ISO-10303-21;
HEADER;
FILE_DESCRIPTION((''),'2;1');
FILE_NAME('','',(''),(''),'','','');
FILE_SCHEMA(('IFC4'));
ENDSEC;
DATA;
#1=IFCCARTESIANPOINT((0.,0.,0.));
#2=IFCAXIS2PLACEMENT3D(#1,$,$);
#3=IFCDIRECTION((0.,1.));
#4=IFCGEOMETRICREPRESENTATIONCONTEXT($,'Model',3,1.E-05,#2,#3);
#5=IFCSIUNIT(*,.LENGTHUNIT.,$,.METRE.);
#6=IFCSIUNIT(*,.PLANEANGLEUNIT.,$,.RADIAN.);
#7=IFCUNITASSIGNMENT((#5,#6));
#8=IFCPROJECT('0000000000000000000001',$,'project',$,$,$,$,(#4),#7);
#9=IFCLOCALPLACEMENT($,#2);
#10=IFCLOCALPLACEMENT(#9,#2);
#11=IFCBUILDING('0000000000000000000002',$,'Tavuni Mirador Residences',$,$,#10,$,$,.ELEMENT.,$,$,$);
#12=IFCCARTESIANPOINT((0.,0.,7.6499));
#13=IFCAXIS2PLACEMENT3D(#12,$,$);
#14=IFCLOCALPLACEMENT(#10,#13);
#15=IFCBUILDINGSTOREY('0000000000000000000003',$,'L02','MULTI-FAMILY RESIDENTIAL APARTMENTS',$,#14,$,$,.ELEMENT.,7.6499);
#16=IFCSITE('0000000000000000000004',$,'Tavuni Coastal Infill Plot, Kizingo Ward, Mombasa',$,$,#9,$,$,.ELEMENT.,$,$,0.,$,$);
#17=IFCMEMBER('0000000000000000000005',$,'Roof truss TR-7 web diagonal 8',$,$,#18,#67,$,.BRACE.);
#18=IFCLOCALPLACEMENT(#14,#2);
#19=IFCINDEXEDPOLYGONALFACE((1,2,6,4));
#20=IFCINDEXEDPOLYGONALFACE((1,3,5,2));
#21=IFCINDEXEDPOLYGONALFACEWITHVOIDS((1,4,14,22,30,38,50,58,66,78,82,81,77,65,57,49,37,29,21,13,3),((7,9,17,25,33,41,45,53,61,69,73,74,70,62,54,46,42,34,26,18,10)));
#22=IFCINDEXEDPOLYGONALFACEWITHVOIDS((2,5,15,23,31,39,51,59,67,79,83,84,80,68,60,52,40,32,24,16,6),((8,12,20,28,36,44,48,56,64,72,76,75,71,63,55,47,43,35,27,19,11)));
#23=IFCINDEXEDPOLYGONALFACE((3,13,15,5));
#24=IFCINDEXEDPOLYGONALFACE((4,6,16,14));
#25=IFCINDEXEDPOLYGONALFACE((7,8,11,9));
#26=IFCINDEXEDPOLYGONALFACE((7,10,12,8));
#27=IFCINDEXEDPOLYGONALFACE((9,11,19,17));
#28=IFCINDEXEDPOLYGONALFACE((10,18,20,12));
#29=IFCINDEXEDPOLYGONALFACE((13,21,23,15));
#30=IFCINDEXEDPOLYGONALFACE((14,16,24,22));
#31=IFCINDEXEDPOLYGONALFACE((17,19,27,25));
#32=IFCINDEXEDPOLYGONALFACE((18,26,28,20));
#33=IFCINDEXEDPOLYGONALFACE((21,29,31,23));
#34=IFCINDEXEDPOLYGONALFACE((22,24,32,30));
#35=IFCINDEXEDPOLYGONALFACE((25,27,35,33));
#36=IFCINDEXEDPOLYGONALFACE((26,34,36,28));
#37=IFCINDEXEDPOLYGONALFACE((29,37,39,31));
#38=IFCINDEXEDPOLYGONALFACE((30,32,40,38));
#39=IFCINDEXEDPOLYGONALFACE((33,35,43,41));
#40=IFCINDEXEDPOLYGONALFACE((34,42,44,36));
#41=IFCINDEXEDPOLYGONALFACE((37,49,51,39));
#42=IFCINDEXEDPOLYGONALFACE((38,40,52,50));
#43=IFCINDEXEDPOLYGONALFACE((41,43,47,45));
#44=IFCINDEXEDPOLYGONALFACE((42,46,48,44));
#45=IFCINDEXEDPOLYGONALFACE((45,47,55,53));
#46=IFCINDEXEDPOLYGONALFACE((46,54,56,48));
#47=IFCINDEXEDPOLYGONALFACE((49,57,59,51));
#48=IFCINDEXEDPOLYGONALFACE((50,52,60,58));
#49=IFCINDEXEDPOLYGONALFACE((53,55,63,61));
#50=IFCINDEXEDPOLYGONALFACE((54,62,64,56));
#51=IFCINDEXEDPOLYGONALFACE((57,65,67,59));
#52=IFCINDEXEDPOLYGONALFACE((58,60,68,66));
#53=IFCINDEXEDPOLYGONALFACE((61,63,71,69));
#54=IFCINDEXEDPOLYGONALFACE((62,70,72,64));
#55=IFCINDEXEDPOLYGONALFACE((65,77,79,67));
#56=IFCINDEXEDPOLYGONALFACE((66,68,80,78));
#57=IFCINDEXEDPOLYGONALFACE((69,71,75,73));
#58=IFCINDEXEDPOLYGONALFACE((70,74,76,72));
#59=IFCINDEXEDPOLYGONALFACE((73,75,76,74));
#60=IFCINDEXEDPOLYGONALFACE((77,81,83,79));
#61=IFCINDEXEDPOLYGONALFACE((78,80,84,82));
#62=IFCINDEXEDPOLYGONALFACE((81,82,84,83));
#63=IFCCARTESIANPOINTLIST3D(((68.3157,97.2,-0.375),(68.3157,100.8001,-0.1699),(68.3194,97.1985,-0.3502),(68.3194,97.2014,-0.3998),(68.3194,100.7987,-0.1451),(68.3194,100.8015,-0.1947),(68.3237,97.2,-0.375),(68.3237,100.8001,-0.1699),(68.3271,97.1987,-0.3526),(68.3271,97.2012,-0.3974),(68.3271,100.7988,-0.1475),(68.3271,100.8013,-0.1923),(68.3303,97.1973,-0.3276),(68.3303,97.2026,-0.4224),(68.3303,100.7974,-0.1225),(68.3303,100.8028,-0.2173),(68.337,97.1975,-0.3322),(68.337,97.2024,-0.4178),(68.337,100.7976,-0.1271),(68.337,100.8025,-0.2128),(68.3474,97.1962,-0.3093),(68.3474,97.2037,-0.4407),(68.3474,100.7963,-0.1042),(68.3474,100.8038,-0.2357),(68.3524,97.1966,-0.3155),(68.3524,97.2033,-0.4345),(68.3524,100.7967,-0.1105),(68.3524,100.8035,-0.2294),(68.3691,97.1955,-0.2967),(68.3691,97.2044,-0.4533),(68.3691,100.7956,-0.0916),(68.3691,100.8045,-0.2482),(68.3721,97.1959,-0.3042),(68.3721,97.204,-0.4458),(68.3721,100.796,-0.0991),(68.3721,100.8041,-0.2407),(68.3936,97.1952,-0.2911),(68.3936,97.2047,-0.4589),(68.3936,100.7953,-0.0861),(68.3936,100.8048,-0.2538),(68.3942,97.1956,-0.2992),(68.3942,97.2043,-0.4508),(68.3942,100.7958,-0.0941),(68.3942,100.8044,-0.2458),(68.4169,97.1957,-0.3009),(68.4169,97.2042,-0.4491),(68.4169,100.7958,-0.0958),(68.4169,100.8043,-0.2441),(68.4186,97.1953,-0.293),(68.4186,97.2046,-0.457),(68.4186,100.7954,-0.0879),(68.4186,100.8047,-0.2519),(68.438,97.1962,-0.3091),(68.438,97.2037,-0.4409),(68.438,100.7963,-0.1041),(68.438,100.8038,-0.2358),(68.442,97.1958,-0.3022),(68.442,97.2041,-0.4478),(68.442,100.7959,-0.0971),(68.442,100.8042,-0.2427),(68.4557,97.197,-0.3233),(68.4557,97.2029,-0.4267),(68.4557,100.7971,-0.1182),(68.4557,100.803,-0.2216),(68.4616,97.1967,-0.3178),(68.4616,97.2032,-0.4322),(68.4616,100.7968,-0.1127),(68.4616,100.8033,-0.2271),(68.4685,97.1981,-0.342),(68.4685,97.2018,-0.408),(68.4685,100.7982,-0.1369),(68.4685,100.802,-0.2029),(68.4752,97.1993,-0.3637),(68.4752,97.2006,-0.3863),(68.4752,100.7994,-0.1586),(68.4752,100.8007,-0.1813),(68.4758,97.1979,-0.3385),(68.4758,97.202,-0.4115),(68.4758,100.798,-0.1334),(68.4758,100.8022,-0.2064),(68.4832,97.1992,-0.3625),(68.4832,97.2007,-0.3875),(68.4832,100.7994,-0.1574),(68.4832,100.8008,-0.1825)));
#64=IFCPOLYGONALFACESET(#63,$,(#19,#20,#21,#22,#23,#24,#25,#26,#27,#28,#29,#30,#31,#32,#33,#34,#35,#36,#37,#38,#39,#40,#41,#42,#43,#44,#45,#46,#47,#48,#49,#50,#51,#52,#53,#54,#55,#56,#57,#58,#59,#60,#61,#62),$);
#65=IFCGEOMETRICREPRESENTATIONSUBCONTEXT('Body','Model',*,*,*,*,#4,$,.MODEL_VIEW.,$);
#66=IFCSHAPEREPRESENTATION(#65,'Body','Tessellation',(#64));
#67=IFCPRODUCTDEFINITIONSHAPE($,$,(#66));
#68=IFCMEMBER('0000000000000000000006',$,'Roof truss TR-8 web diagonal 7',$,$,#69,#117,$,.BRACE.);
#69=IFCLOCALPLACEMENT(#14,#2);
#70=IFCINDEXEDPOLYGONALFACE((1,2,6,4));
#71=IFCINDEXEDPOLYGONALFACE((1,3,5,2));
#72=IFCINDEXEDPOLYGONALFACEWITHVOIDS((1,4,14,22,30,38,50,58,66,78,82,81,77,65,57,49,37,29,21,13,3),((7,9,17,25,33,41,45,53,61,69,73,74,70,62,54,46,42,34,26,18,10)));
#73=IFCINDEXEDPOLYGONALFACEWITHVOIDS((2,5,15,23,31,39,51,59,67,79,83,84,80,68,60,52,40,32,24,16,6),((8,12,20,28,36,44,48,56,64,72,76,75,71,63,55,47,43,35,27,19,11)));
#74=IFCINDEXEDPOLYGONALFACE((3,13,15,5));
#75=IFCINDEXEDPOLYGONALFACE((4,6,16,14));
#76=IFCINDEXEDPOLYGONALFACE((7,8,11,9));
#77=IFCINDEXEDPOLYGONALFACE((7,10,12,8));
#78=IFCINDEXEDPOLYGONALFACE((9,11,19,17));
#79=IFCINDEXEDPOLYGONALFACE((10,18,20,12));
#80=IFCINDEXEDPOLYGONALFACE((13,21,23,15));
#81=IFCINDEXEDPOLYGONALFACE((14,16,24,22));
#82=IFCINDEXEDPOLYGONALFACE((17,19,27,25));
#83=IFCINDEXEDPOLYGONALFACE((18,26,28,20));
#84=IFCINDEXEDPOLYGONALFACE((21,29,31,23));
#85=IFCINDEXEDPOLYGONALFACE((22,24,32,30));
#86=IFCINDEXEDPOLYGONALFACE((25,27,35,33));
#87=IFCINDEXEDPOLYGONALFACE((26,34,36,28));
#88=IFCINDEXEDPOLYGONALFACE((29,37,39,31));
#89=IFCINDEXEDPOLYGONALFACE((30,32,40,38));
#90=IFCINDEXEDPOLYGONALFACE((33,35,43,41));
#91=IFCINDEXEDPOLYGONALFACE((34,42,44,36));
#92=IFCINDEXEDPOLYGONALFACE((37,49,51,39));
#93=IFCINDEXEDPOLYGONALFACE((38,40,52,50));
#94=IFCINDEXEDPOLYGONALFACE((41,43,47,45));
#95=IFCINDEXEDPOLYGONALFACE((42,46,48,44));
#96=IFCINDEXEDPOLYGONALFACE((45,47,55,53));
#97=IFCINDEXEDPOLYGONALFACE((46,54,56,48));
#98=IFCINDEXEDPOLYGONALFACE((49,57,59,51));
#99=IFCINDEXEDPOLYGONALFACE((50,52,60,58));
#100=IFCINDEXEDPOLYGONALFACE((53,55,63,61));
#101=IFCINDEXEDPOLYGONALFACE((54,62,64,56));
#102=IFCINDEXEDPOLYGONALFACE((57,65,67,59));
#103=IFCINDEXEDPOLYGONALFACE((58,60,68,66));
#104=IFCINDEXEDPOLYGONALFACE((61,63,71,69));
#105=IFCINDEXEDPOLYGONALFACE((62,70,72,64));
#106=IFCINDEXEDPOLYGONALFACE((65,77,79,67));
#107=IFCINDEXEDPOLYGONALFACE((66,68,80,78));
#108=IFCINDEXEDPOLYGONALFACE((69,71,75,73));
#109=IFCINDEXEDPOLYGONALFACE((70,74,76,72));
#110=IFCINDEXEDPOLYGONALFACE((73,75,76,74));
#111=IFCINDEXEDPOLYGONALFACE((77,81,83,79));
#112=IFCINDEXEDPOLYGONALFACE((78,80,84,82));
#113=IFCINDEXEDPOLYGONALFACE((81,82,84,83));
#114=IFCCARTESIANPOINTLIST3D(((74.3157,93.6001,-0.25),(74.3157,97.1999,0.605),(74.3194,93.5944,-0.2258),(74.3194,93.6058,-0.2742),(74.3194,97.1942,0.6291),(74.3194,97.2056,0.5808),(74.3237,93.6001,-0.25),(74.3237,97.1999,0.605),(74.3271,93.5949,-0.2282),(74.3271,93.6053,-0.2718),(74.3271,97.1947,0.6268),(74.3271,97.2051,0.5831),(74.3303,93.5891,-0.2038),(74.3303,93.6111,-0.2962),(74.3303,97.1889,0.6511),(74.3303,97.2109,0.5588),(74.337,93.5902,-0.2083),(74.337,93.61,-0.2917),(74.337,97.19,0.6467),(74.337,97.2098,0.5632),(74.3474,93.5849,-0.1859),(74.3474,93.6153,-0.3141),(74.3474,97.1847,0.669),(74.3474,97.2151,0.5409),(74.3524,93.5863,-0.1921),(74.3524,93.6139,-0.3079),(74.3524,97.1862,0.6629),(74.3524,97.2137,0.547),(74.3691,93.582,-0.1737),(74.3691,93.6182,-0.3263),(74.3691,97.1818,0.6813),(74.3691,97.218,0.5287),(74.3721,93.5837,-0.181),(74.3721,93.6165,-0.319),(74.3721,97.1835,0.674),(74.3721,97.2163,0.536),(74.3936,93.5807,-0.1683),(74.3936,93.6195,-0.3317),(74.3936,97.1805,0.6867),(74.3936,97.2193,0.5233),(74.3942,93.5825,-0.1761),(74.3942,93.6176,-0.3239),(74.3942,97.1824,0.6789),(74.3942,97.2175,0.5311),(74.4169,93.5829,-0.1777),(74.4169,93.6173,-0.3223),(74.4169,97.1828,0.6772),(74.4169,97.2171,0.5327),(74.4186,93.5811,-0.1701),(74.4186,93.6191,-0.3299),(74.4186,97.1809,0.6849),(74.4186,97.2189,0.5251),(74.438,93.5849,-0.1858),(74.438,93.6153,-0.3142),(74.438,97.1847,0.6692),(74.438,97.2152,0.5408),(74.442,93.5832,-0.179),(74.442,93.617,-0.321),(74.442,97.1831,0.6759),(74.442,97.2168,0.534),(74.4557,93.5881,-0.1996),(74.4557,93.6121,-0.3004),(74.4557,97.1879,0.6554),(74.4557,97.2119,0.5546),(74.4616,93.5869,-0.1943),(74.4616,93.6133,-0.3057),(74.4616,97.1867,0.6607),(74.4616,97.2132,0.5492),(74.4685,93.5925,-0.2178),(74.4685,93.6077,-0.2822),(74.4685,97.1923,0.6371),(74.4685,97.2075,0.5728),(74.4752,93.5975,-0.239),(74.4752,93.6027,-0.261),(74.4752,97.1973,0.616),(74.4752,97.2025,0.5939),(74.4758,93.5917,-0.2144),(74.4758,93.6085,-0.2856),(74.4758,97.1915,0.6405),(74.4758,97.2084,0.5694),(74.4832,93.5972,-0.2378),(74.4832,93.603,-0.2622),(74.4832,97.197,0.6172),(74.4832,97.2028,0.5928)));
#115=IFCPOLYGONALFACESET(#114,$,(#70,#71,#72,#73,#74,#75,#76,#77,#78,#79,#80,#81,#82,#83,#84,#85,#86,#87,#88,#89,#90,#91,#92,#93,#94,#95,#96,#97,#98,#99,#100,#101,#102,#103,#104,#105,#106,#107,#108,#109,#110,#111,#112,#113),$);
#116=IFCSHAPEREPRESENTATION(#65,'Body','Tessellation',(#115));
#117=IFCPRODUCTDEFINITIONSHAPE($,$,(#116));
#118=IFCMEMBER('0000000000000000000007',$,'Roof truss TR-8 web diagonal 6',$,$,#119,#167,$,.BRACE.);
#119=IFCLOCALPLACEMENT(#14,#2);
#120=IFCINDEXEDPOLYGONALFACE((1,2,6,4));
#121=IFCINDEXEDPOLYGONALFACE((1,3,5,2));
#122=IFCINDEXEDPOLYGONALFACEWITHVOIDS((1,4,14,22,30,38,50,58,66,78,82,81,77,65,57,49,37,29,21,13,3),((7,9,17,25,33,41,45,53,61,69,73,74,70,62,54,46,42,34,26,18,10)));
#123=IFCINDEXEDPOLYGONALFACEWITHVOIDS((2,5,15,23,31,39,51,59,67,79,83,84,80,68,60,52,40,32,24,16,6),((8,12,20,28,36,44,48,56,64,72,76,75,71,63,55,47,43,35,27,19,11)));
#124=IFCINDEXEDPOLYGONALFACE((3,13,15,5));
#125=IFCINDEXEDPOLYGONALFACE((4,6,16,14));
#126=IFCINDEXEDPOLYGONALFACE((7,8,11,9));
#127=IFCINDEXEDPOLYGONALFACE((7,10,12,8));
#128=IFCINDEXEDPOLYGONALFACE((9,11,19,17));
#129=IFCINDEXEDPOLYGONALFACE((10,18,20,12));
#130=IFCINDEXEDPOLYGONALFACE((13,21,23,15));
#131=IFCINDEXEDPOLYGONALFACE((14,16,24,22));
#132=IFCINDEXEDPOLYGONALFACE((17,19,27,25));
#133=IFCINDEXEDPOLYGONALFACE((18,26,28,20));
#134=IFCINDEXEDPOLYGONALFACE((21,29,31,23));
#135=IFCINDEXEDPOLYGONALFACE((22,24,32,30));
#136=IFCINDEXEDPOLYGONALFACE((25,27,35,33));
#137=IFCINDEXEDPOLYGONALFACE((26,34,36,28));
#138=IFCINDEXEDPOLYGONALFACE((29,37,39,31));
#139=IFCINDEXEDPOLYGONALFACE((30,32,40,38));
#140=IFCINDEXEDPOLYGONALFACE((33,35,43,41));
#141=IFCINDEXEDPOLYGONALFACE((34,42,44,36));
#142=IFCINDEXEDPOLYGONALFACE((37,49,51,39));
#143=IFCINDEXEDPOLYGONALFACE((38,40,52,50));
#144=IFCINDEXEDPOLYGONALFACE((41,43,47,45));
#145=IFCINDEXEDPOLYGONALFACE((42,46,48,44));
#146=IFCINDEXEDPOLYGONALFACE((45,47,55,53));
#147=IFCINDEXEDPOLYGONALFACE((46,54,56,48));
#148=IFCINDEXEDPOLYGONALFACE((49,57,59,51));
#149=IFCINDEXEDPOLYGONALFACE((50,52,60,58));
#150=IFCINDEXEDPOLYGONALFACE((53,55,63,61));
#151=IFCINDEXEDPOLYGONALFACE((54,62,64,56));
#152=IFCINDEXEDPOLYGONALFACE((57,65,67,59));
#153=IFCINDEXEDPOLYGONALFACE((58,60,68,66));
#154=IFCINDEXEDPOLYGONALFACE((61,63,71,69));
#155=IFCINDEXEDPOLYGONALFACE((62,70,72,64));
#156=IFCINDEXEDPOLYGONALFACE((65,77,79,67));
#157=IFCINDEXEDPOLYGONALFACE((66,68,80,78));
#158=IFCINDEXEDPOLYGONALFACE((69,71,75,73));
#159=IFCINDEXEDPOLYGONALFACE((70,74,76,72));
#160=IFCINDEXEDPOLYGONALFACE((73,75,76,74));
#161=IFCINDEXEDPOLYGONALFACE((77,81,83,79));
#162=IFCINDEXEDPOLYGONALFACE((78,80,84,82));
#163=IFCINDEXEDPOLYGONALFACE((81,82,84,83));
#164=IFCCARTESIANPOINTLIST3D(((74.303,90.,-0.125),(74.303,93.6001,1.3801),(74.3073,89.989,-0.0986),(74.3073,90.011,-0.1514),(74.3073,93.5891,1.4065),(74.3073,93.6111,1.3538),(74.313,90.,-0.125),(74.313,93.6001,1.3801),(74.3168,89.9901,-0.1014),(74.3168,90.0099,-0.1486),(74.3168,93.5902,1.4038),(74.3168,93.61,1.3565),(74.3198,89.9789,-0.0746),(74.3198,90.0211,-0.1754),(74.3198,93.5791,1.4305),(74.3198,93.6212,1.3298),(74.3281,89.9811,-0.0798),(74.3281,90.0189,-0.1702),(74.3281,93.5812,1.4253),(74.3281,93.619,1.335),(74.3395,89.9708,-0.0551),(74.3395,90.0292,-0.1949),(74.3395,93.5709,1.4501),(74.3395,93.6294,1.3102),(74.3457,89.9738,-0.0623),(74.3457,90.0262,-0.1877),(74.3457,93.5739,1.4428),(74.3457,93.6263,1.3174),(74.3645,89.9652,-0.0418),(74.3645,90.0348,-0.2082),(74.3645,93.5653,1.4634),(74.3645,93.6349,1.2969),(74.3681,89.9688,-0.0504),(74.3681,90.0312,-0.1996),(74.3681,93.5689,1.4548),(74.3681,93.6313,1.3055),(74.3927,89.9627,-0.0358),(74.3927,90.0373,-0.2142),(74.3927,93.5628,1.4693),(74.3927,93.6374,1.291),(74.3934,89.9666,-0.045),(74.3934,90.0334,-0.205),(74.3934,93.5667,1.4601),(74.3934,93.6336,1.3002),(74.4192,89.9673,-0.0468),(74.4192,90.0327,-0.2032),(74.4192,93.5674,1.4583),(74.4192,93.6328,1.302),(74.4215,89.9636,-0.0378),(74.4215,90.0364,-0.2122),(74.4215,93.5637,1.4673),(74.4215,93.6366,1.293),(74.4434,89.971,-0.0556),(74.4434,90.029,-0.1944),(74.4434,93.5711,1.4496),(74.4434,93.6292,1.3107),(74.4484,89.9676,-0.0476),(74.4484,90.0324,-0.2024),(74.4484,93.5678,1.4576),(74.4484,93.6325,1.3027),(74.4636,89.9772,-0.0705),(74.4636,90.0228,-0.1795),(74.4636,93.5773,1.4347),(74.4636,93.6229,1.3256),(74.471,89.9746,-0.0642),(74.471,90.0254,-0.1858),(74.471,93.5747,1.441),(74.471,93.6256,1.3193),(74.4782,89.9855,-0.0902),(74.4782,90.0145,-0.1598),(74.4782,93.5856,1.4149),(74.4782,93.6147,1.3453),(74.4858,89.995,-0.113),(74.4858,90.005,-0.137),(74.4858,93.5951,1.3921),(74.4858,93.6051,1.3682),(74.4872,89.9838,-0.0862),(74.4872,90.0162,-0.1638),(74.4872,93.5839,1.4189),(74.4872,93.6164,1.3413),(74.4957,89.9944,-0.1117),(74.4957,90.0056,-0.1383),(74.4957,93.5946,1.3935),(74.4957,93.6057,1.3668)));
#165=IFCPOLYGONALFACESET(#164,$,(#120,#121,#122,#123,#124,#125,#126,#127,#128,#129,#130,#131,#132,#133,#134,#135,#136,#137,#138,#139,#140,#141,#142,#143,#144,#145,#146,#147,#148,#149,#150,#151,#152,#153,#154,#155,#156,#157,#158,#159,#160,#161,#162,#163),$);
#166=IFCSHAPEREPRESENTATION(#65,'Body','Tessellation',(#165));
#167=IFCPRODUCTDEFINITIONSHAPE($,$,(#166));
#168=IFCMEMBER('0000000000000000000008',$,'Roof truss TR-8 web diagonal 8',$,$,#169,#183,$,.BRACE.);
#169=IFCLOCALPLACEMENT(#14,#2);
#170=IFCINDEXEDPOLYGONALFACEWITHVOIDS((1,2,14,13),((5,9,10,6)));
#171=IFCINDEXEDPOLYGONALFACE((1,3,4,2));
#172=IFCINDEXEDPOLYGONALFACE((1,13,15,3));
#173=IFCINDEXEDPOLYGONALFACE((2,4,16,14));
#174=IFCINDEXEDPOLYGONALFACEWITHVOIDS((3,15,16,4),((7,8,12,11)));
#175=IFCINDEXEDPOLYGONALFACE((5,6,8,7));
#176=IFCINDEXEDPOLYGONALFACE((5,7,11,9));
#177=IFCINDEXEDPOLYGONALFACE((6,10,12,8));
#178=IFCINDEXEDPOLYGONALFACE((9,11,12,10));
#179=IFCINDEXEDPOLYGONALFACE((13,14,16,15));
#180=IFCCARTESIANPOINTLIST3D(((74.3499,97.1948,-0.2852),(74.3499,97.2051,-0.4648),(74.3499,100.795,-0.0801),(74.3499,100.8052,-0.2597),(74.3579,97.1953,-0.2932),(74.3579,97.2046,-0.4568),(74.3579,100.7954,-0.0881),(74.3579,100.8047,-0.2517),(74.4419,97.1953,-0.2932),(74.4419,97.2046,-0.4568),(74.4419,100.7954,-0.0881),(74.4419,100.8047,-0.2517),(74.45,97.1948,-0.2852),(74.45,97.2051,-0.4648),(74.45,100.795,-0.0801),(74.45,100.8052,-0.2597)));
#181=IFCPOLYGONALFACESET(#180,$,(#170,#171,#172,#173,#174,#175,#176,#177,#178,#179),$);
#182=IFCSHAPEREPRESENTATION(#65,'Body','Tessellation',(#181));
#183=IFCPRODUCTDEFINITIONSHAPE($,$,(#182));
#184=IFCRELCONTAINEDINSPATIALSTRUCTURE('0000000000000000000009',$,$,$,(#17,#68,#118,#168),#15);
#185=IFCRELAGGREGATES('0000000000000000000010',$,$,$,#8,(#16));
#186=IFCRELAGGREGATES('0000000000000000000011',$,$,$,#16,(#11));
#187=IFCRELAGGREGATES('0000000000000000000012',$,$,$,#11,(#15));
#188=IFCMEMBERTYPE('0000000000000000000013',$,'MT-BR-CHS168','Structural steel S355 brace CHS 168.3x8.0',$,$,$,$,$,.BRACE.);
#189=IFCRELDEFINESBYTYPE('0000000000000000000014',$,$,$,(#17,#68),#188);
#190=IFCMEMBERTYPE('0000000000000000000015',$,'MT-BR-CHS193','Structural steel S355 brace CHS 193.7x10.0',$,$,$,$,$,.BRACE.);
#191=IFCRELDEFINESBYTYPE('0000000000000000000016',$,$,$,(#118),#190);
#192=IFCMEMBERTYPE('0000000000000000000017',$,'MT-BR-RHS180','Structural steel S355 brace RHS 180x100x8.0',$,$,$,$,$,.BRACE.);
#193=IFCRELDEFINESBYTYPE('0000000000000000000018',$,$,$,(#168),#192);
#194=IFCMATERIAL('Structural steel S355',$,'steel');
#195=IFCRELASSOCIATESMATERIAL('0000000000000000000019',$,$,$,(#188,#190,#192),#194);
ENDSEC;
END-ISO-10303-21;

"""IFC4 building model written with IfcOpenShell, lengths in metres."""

from ifc_helpers import new_model, si_unit, direction, frame, origin, origin_2d, place, context, subcontext, project, spatial, hollow_rectangle, hollow_circle, extrude, material, material_profile, profile_set, type_object, element, save


model = new_model("IFC4")

# Units and contexts
model_context = context("Model", 3, precision=1e-05, world=origin(), true_north=direction((0.0, 1.0)))
body_context = subcontext(model_context, "Body", "Model", "MODEL_VIEW")
ifc_project = project(units=[si_unit("LENGTHUNIT", "METRE"), si_unit("PLANEANGLEUNIT", "RADIAN")], contexts=[model_context])

# Site, building, storey
site_placement = place(None, origin())
site = spatial("IfcSite", under=ifc_project, at=site_placement, Name="Tavuni Coastal Infill Plot, Kizingo Ward, Mombasa", CompositionType="ELEMENT", RefElevation=0.0)
building_placement = place(site_placement, origin())
building = spatial("IfcBuilding", under=site, at=building_placement, Name="Tavuni Mirador Residences", CompositionType="ELEMENT")
storey_placement = place(building_placement, frame((0.0, 0.0, 7.6499)))
storey = spatial("IfcBuildingStorey", under=building, at=storey_placement, Name="L02", Description="MULTI-FAMILY RESIDENTIAL APARTMENTS", CompositionType="ELEMENT", Elevation=7.6499)

# Members
ifc_material_1 = material(Name="Structural steel S355", Category="steel")
ifc_material_profile_1 = material_profile(ifc_material_1, hollow_circle(Radius=0.0842, WallThickness=0.0081, at=origin_2d()), Name="CHS 168.3x8.0", Category="steel")
ifc_profile_set_1 = profile_set([ifc_material_profile_1], Name="Structural steel S355")
member_type_1 = type_object("IfcMemberType", Name="MT-BR-CHS168", Description="Structural steel S355 brace CHS 168.3x8.0", PredefinedType="BRACE", material=ifc_profile_set_1)
member_1_placement = place(storey_placement, frame((68.3999, 97.2, -0.375), z_axis=(0.0, 0.998381, 0.056872), x_axis=(-1.0, 0.0, 0.0)))
element("IfcMember", 1, at=member_1_placement, inside=storey, type_object=member_type_1, Name="Roof truss TR-7 web diagonal 8", PredefinedType="BRACE", context=body_context, shape_type="SweptSolid", body=[
    extrude(hollow_circle(Radius=0.0842, WallThickness=0.0081, at=origin_2d()), origin(), (0.0, 0.0, 1.0), 3.606),
])
member_2_placement = place(storey_placement, frame((74.3999, 93.6001, -0.25), z_axis=(0.0, 0.972936, 0.231076), x_axis=(-1.0, 0.0, 0.0)))
element("IfcMember", 2, at=member_2_placement, inside=storey, type_object=member_type_1, Name="Roof truss TR-8 web diagonal 7", PredefinedType="BRACE", context=body_context, shape_type="SweptSolid", body=[
    extrude(hollow_circle(Radius=0.0842, WallThickness=0.0081, at=origin_2d()), origin(), (0.0, 0.0, 1.0), 3.7),
])
ifc_material_profile_2 = material_profile(ifc_material_1, hollow_circle(Radius=0.0969, WallThickness=0.01, at=origin_2d()), Name="CHS 193.7x10.0", Category="steel")
ifc_profile_set_2 = profile_set([ifc_material_profile_2], Name="Structural steel S355")
member_type_2 = type_object("IfcMemberType", Name="MT-BR-CHS193", Description="Structural steel S355 brace CHS 193.7x10.0", PredefinedType="BRACE", material=ifc_profile_set_2)
member_3_placement = place(storey_placement, frame((74.3999, 90.0, -0.125), z_axis=(0.0, 0.922613, 0.385726), x_axis=(-1.0, 0.0, 0.0)))
element("IfcMember", 3, at=member_3_placement, inside=storey, type_object=member_type_2, Name="Roof truss TR-8 web diagonal 6", PredefinedType="BRACE", context=body_context, shape_type="SweptSolid", body=[
    extrude(hollow_circle(Radius=0.0969, WallThickness=0.01, at=origin_2d()), origin(), (0.0, 0.0, 1.0), 3.9021),
])
ifc_material_profile_3 = material_profile(ifc_material_1, hollow_rectangle(XDim=0.1001, YDim=0.1799, WallThickness=0.0081, at=origin_2d()), Name="RHS 180x100x8.0", Category="steel")
ifc_profile_set_3 = profile_set([ifc_material_profile_3], Name="Structural steel S355")
member_type_3 = type_object("IfcMemberType", Name="MT-BR-RHS180", Description="Structural steel S355 brace RHS 180x100x8.0", PredefinedType="BRACE", material=ifc_profile_set_3)
member_4_placement = place(storey_placement, frame((74.3999, 97.2, -0.375), z_axis=(0.0, 0.998381, 0.056872), x_axis=(-1.0, 0.0, 0.0)))
element("IfcMember", 4, at=member_4_placement, inside=storey, type_object=member_type_3, Name="Roof truss TR-8 web diagonal 8", PredefinedType="BRACE", context=body_context, shape_type="SweptSolid", body=[
    extrude(hollow_rectangle(XDim=0.1001, YDim=0.1799, WallThickness=0.0081, at=origin_2d()), origin(), (0.0, 0.0, 1.0), 3.606),
])

save(model, "model.ifc")
